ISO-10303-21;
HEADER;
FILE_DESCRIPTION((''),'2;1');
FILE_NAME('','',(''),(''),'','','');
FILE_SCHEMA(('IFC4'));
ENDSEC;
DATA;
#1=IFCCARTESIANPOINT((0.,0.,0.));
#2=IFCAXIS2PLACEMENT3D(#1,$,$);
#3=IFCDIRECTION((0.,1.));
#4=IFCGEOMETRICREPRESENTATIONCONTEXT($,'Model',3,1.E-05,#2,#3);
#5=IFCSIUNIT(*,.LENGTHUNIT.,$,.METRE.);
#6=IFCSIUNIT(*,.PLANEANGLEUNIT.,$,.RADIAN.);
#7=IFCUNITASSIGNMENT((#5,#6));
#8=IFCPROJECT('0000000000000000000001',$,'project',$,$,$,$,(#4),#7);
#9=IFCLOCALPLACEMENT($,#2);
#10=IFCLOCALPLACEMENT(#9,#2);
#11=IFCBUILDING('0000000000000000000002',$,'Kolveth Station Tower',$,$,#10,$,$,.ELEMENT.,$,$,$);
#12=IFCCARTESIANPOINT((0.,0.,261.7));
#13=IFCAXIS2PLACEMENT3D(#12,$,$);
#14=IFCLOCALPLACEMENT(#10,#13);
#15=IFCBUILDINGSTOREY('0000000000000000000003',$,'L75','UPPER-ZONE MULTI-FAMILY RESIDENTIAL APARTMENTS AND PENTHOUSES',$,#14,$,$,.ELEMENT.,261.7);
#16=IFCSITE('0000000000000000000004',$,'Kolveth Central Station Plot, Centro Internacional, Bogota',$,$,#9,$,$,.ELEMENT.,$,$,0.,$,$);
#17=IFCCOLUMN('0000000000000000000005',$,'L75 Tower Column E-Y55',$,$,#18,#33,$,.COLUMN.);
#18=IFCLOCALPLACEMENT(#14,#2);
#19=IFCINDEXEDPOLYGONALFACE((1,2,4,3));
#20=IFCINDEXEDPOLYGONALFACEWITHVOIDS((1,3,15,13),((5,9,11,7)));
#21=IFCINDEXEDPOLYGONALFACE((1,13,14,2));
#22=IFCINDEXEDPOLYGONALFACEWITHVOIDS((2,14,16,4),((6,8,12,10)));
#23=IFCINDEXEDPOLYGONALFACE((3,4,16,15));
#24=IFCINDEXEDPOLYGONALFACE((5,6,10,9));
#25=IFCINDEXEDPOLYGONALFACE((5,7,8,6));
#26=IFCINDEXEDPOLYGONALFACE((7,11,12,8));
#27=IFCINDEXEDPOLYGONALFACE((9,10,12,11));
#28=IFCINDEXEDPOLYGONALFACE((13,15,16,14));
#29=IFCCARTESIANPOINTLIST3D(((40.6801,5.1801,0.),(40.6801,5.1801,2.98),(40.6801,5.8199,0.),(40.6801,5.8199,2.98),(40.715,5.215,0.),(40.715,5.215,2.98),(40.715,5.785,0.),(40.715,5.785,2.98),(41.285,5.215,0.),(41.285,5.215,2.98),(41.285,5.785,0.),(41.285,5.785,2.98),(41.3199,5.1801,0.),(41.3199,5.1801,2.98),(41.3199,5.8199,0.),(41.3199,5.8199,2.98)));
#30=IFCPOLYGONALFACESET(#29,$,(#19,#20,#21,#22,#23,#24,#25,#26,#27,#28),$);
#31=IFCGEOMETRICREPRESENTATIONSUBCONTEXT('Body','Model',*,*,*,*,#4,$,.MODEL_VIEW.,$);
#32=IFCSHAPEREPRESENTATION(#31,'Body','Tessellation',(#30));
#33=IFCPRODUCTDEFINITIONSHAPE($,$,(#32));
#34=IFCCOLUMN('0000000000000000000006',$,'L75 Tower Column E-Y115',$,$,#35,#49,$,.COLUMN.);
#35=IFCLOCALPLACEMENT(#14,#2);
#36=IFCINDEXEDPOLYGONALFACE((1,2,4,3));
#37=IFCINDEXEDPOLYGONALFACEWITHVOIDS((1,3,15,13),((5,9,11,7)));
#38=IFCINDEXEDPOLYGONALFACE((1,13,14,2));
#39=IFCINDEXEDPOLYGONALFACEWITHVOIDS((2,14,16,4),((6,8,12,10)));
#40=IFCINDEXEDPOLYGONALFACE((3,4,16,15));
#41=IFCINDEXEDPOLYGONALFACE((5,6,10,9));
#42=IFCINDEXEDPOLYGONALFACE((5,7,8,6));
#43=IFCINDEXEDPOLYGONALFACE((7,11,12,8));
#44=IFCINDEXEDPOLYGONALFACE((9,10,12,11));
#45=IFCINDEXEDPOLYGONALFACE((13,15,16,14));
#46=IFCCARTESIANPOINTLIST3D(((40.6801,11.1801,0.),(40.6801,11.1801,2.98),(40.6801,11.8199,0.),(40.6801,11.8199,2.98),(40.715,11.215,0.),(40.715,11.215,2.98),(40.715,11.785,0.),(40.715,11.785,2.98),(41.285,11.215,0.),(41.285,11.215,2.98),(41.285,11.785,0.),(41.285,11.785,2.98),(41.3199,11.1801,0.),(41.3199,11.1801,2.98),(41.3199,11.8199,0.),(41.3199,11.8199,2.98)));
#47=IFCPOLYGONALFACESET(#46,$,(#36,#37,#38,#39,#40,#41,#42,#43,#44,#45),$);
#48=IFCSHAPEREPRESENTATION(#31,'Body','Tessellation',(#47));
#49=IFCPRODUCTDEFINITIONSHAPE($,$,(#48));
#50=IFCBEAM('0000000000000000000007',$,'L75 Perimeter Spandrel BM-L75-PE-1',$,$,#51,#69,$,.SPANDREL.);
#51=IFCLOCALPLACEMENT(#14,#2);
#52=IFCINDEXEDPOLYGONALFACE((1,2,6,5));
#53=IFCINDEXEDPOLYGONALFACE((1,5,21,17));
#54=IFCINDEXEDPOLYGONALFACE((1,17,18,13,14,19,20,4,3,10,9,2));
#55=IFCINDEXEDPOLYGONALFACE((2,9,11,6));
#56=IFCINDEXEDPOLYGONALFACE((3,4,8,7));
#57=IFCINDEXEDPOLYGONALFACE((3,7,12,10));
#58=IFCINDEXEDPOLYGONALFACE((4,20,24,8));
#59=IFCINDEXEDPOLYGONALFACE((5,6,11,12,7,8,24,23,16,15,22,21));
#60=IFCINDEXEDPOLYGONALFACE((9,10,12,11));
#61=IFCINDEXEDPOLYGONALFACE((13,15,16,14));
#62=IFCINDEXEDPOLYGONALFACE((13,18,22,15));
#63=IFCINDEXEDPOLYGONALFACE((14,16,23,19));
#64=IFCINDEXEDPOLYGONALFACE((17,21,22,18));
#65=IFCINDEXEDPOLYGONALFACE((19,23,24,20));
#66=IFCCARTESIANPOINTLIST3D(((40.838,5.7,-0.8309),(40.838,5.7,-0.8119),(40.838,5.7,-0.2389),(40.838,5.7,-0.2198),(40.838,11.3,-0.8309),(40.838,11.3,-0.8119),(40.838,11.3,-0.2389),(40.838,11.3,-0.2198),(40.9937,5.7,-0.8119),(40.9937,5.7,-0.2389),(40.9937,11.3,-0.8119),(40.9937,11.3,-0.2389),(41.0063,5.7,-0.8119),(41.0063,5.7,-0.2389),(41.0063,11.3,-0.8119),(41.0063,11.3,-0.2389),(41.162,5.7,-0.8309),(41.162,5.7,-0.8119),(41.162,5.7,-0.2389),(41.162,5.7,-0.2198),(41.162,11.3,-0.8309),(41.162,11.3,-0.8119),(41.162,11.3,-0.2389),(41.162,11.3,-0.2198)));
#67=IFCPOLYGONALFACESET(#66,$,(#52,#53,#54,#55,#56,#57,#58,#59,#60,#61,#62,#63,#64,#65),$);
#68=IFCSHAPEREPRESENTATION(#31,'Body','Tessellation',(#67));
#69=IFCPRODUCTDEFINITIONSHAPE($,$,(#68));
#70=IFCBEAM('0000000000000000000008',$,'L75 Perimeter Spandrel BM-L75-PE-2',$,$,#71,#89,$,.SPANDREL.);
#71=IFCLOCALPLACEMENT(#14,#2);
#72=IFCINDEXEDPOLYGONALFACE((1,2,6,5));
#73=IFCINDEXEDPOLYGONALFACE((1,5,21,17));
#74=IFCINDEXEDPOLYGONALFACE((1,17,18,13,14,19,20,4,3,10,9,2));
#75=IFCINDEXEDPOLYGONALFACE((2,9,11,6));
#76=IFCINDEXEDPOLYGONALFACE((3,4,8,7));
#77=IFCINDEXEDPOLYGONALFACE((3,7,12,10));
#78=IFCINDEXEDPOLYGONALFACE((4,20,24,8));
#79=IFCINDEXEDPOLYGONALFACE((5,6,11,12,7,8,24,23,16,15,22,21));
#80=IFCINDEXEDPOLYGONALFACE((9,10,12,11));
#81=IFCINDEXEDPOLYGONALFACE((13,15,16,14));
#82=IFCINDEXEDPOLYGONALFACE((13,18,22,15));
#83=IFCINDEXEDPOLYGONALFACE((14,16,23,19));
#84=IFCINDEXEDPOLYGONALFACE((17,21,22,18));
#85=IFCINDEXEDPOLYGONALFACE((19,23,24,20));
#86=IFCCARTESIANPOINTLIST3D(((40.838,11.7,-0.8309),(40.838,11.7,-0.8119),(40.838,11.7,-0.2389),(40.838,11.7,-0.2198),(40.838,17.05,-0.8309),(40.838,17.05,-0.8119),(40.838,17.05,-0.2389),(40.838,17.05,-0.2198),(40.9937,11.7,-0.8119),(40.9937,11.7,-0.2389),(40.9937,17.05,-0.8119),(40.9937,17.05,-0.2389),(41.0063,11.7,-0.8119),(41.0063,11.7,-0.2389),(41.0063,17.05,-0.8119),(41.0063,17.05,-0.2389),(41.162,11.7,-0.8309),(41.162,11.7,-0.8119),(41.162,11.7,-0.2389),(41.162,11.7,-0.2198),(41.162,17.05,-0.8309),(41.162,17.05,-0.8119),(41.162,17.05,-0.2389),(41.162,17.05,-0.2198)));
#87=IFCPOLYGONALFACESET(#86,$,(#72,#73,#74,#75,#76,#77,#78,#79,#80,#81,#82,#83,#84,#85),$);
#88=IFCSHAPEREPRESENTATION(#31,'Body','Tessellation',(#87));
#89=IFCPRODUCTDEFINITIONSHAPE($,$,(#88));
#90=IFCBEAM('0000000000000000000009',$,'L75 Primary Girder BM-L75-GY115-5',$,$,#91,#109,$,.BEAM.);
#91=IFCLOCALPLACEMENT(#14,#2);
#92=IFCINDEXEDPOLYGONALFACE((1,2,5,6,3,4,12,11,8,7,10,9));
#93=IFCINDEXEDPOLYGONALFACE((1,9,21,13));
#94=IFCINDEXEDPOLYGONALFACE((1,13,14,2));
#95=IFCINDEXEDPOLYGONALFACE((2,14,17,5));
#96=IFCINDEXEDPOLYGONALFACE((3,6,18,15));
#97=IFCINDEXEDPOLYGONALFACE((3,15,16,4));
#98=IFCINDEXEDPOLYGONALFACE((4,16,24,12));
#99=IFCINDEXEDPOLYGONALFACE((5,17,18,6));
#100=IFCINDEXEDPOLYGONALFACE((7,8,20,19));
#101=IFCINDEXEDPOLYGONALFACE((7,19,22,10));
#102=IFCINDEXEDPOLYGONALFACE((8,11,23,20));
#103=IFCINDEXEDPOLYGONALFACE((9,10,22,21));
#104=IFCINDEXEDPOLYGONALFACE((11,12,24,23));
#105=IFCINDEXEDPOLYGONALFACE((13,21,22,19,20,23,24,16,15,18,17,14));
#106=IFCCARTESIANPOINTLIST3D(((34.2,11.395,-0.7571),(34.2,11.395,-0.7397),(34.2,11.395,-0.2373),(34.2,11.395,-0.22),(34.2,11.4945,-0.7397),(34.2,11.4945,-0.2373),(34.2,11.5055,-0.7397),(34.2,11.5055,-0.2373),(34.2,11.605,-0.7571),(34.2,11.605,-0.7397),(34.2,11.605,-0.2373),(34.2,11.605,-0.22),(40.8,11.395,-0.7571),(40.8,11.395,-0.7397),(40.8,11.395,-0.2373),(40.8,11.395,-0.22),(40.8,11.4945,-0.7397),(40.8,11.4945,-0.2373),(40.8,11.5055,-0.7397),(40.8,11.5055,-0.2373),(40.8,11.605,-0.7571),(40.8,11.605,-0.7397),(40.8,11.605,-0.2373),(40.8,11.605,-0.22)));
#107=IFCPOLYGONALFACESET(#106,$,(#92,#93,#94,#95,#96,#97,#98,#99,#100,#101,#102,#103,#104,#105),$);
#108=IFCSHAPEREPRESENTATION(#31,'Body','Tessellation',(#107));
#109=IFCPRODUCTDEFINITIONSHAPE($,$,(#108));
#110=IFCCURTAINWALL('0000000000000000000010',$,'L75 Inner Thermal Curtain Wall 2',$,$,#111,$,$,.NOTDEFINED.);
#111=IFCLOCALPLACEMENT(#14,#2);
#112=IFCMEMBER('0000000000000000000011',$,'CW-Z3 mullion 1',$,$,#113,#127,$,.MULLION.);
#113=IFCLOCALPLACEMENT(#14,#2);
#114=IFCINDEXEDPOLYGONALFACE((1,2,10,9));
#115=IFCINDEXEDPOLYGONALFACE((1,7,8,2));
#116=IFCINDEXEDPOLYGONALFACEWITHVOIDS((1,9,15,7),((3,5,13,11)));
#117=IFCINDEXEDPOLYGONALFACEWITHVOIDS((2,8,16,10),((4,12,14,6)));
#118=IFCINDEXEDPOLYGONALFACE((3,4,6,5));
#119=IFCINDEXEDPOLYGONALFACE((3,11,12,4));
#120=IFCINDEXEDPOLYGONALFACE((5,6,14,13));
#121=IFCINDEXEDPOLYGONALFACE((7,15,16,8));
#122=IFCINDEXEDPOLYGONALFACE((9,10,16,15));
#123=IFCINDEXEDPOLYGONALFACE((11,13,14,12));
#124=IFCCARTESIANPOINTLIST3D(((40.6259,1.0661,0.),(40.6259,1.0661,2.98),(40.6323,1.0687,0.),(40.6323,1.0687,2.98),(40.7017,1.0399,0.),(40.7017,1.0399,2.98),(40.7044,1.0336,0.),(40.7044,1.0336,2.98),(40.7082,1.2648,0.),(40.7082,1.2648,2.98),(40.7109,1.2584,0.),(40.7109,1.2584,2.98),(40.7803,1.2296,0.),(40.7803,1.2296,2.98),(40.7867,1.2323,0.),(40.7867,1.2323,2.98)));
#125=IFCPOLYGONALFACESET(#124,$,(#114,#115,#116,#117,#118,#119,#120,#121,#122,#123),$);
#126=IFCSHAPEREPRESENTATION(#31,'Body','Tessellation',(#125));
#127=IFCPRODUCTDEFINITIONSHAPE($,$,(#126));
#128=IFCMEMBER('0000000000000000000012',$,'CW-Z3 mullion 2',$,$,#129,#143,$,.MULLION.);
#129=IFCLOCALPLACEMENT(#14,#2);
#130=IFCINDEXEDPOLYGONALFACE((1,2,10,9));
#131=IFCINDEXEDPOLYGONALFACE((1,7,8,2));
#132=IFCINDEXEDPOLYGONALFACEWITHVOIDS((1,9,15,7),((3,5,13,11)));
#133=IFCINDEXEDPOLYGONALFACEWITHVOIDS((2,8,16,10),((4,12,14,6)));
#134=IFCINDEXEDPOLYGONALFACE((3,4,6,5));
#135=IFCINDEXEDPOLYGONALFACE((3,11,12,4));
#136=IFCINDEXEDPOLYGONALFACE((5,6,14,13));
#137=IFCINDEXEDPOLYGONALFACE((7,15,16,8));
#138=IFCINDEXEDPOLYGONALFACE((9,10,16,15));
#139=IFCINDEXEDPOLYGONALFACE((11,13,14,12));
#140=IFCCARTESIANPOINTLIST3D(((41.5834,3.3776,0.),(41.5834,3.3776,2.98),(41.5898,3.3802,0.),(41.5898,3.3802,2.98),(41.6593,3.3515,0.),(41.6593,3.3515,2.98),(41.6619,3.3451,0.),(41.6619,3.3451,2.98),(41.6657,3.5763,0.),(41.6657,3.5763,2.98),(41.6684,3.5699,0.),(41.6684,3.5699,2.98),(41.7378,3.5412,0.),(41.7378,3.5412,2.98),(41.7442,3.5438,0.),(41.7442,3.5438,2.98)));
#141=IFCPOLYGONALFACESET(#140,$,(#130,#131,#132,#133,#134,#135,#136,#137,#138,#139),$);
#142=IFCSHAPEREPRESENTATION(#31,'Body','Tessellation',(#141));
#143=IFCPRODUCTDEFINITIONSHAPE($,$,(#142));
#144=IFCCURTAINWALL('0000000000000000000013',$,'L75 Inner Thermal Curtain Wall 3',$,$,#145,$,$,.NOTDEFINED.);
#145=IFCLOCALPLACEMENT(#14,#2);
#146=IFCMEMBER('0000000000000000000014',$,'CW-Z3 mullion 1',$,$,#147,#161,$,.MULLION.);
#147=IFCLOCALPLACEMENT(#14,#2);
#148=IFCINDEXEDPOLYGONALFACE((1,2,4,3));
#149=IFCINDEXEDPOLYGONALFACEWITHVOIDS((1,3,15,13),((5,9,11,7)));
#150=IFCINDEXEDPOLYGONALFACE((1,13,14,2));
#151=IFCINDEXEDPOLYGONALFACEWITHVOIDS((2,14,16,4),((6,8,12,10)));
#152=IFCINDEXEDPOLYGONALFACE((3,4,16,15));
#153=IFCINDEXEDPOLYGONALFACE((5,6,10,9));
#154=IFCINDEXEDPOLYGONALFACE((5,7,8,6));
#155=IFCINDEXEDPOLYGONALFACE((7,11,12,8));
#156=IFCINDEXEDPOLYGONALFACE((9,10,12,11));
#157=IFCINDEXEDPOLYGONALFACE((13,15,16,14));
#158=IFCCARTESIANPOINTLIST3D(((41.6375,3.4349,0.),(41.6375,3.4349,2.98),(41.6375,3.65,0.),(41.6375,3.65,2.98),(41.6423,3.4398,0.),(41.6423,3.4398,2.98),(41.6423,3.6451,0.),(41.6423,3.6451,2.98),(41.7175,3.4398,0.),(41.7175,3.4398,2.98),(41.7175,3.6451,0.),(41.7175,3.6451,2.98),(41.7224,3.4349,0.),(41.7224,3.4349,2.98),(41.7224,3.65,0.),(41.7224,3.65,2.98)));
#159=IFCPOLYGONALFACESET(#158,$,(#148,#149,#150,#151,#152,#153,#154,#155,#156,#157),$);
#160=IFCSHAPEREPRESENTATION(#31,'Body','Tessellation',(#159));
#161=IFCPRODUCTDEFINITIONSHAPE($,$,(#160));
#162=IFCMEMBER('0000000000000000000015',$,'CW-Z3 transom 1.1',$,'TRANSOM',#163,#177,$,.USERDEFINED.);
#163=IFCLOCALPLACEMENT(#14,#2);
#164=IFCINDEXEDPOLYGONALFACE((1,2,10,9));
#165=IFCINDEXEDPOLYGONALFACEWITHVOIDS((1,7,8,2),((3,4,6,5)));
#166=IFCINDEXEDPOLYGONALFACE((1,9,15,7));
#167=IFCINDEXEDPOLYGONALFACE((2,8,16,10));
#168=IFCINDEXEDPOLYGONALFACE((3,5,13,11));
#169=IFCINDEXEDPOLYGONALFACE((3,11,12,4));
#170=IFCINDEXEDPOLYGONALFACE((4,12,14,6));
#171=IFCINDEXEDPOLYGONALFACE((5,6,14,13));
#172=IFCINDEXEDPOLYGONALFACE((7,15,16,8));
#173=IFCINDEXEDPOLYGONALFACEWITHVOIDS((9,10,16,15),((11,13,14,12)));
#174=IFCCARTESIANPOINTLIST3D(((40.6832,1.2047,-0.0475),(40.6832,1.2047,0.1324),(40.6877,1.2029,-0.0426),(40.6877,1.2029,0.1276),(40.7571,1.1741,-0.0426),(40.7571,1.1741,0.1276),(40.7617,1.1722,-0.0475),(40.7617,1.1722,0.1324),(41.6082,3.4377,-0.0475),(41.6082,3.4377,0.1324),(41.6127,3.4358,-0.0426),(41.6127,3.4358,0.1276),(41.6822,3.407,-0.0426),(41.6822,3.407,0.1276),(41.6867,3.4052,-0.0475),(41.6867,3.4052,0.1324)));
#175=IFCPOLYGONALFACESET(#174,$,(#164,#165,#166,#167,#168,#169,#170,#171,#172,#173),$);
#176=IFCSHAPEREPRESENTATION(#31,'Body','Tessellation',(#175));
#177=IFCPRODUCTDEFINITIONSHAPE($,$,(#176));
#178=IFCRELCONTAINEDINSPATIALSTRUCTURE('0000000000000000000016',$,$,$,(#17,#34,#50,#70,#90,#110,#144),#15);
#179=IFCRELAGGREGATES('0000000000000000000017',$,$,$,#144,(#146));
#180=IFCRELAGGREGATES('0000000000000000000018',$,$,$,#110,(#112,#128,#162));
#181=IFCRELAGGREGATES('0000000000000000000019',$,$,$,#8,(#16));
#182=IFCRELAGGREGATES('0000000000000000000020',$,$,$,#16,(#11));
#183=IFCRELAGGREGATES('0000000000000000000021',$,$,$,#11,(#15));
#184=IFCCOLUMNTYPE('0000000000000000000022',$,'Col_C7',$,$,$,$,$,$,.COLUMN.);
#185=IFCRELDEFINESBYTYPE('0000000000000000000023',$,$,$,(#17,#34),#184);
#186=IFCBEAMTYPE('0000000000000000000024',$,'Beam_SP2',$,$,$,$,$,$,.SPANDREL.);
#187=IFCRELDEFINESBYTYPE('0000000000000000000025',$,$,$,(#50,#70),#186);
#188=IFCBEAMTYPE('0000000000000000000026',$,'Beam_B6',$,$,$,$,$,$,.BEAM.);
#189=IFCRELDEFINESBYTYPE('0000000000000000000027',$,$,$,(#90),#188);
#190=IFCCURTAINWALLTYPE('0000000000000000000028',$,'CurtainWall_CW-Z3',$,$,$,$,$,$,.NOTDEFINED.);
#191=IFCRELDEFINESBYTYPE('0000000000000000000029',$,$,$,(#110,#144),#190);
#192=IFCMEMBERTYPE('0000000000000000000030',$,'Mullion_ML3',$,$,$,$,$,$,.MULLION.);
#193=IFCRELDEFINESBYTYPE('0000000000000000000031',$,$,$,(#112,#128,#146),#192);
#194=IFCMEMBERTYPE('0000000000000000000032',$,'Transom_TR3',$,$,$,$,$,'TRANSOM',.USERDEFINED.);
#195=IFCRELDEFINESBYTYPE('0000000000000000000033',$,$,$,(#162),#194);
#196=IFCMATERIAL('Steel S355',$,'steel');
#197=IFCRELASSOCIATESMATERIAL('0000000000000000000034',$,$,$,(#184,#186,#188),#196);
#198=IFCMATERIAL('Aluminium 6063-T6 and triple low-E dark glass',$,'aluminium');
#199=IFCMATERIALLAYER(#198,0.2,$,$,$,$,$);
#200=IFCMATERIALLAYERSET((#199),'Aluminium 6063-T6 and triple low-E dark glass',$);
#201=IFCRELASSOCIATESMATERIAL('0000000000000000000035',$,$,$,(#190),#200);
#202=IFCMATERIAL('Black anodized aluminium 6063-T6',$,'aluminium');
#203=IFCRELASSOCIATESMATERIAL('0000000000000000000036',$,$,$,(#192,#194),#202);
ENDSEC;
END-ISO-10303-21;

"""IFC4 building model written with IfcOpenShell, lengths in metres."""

from ifc_helpers import new_model, si_unit, direction, frame, origin, origin_2d, place, context, subcontext, project, spatial, hollow_rectangle, i_section, extrude, source, transform, mapped, material, layer, layer_set, material_profile, profile_set, type_object, element, aggregate, save


model = new_model("IFC4")

# Units and contexts
model_context = context("Model", 3, precision=1e-05, world=origin(), true_north=direction((0.0, 1.0)))
body_context = subcontext(model_context, "Body", "Model", "MODEL_VIEW")
ifc_project = project(units=[si_unit("LENGTHUNIT", "METRE"), si_unit("PLANEANGLEUNIT", "RADIAN")], contexts=[model_context])

# Site, building, storey
site_placement = place(None, origin())
site = spatial("IfcSite", under=ifc_project, at=site_placement, Name="Kolveth Central Station Plot, Centro Internacional, Bogota", CompositionType="ELEMENT", RefElevation=0.0)
building_placement = place(site_placement, origin())
building = spatial("IfcBuilding", under=site, at=building_placement, Name="Kolveth Station Tower", CompositionType="ELEMENT")
storey_placement = place(building_placement, frame((0.0, 0.0, 261.7)))
storey = spatial("IfcBuildingStorey", under=building, at=storey_placement, Name="L75", Description="UPPER-ZONE MULTI-FAMILY RESIDENTIAL APARTMENTS AND PENTHOUSES", CompositionType="ELEMENT", Elevation=261.7)

# Columns
ifc_material_1 = material(Name="Steel S355", Category="steel")
ifc_material_profile_1 = material_profile(ifc_material_1, hollow_rectangle(XDim=0.6399, YDim=0.6399, WallThickness=0.0349, at=origin_2d()), Name="BOX640x640x35")
ifc_profile_set_1 = profile_set([ifc_material_profile_1], Name="Steel S355")
column_type = type_object("IfcColumnType", Name="Col_C7", PredefinedType="COLUMN", material=ifc_profile_set_1)
shared_shape_1 = source(origin(), body_context, "Body", "SweptSolid", [
    extrude(hollow_rectangle(XDim=0.6399, YDim=0.6399, WallThickness=0.0349, at=origin_2d()), origin(), (0.0, 0.0, 1.0), 2.98),
])
for number, where, z_axis, x_axis, name in (
    (1, (41.0, 5.5, 0.0), (0.0, 0.0, 1.0), (1.0, 0.0, 0.0), "L75 Tower Column E-Y55"),
    (2, (41.0, 11.5, 0.0), (0.0, 0.0, 1.0), (1.0, 0.0, 0.0), "L75 Tower Column E-Y115"),
):
    element("IfcColumn", number, at=place(storey_placement, frame(where, z_axis=z_axis, x_axis=x_axis)), inside=storey, type_object=column_type, Name=name, PredefinedType="COLUMN", context=body_context, shape_type="MappedRepresentation", body=[
        mapped(shared_shape_1, transform((0.0, 0.0, 0.0), x_axis=(1.0, 0.0, 0.0), y_axis=(0.0, 1.0, 0.0), z_axis=(0.0, 0.0, 1.0), scale=1.0)),
    ])

# Beams
ifc_material_profile_2 = material_profile(ifc_material_1, i_section(OverallWidth=0.324, OverallDepth=0.6111, WebThickness=0.0127, FlangeThickness=0.019, at=origin_2d()), Name="W610x155")
ifc_profile_set_2 = profile_set([ifc_material_profile_2], Name="Steel S355")
beam_type_1 = type_object("IfcBeamType", Name="Beam_SP2", PredefinedType="SPANDREL", material=ifc_profile_set_2)
shared_shape_2 = source(origin(), body_context, "Body", "SweptSolid", [
    extrude(i_section(OverallWidth=0.324, OverallDepth=0.6111, WebThickness=0.0127, FlangeThickness=0.019, at=origin_2d()), origin(), (0.0, 0.0, 1.0), 5.6001),
])
beam_1_placement = place(storey_placement, frame((41.0, 5.7, -0.5254), z_axis=(0.0, 1.0, 0.0), x_axis=(-1.0, 0.0, 0.0)))
element("IfcBeam", 3, at=beam_1_placement, inside=storey, type_object=beam_type_1, Name="L75 Perimeter Spandrel BM-L75-PE-1", PredefinedType="SPANDREL", context=body_context, shape_type="MappedRepresentation", body=[
    mapped(shared_shape_2, transform((0.0, 0.0, 0.0), x_axis=(1.0, 0.0, 0.0), y_axis=(0.0, 1.0, 0.0), z_axis=(0.0, 0.0, 1.0), scale=1.0)),
])
shared_shape_3 = source(origin(), body_context, "Body", "SweptSolid", [
    extrude(i_section(OverallWidth=0.324, OverallDepth=0.6111, WebThickness=0.0127, FlangeThickness=0.019, at=origin_2d()), origin(), (0.0, 0.0, 1.0), 5.3501),
])
beam_2_placement = place(storey_placement, frame((41.0, 11.7, -0.5254), z_axis=(0.0, 1.0, 0.0), x_axis=(-1.0, 0.0, 0.0)))
element("IfcBeam", 4, at=beam_2_placement, inside=storey, type_object=beam_type_1, Name="L75 Perimeter Spandrel BM-L75-PE-2", PredefinedType="SPANDREL", context=body_context, shape_type="MappedRepresentation", body=[
    mapped(shared_shape_3, transform((0.0, 0.0, 0.0), x_axis=(1.0, 0.0, 0.0), y_axis=(0.0, 1.0, 0.0), z_axis=(0.0, 0.0, 1.0), scale=1.0)),
])
ifc_material_profile_3 = material_profile(ifc_material_1, i_section(OverallWidth=0.21, OverallDepth=0.5371, WebThickness=0.011, FlangeThickness=0.0173, at=origin_2d()), Name="W530x101")
ifc_profile_set_3 = profile_set([ifc_material_profile_3], Name="Steel S355")
beam_type_2 = type_object("IfcBeamType", Name="Beam_B6", PredefinedType="BEAM", material=ifc_profile_set_3)
shared_shape_4 = source(origin(), body_context, "Body", "SweptSolid", [
    extrude(i_section(OverallWidth=0.21, OverallDepth=0.5371, WebThickness=0.011, FlangeThickness=0.0173, at=origin_2d()), origin(), (0.0, 0.0, 1.0), 6.6001),
])
beam_3_placement = place(storey_placement, frame((34.2, 11.5, -0.4885), z_axis=(1.0, 0.0, 0.0), x_axis=(0.0, 1.0, 0.0)))
element("IfcBeam", 5, at=beam_3_placement, inside=storey, type_object=beam_type_2, Name="L75 Primary Girder BM-L75-GY115-5", PredefinedType="BEAM", context=body_context, shape_type="MappedRepresentation", body=[
    mapped(shared_shape_4, transform((0.0, 0.0, 0.0), x_axis=(1.0, 0.0, 0.0), y_axis=(0.0, 1.0, 0.0), z_axis=(0.0, 0.0, 1.0), scale=1.0)),
])

# Curtain wall, members
ifc_material_2 = material(Name="Aluminium 6063-T6 and triple low-E dark glass", Category="aluminium")
ifc_layer_1 = layer(ifc_material_2, 0.2)
ifc_layer_set_1 = layer_set([ifc_layer_1], Name="Aluminium 6063-T6 and triple low-E dark glass")
curtain_wall_type_1 = type_object("IfcCurtainWallType", Name="CurtainWall_CW-Z3", PredefinedType="NOTDEFINED", material=ifc_layer_set_1)
curtain_wall_1_placement = place(storey_placement, origin())
curtain_wall_1 = element("IfcCurtainWall", 6, at=curtain_wall_1_placement, inside=storey, type_object=curtain_wall_type_1, Name="L75 Inner Thermal Curtain Wall 2", PredefinedType="NOTDEFINED")
ifc_material_3 = material(Name="Black anodized aluminium 6063-T6", Category="aluminium")
ifc_material_profile_4 = material_profile(ifc_material_3, hollow_rectangle(XDim=0.085, YDim=0.2151, WallThickness=0.0049, at=origin_2d()), Name="ALU-85x215x5")
ifc_profile_set_4 = profile_set([ifc_material_profile_4], Name="Black anodized aluminium 6063-T6")
member_type_1 = type_object("IfcMemberType", Name="Mullion_ML3", PredefinedType="MULLION", material=ifc_profile_set_4)
shared_shape_5 = source(origin(), body_context, "Body", "SweptSolid", [
    extrude(hollow_rectangle(XDim=0.085, YDim=0.2151, WallThickness=0.0049, at=origin_2d()), origin(), (0.0, 0.0, 1.0), 2.98),
])
member_1_placement = place(storey_placement, frame((40.7063, 1.1492, 0.0), z_axis=(0.0, 0.0, 1.0), x_axis=(-0.923875, 0.382693, 0.0)))
member_1 = element("IfcMember", 7, at=member_1_placement, type_object=member_type_1, Name="CW-Z3 mullion 1", PredefinedType="MULLION", context=body_context, shape_type="MappedRepresentation", body=[
    mapped(shared_shape_5, transform((0.0, 0.0, 0.0), x_axis=(1.0, 0.0, 0.0), y_axis=(0.0, 1.0, 0.0), z_axis=(0.0, 0.0, 1.0), scale=1.0)),
])
member_2_placement = place(storey_placement, frame((41.6638, 3.4607, 0.0), z_axis=(0.0, 0.0, 1.0), x_axis=(-0.923875, 0.382693, 0.0)))
member_2 = element("IfcMember", 8, at=member_2_placement, type_object=member_type_1, Name="CW-Z3 mullion 2", PredefinedType="MULLION", context=body_context, shape_type="MappedRepresentation", body=[
    mapped(shared_shape_5, transform((0.0, 0.0, 0.0), x_axis=(1.0, 0.0, 0.0), y_axis=(0.0, 1.0, 0.0), z_axis=(0.0, 0.0, 1.0), scale=1.0)),
])

# Curtain wall, member
curtain_wall_2_placement = place(storey_placement, origin())
curtain_wall_2 = element("IfcCurtainWall", 9, at=curtain_wall_2_placement, inside=storey, type_object=curtain_wall_type_1, Name="L75 Inner Thermal Curtain Wall 3", PredefinedType="NOTDEFINED")
member_3_placement = place(storey_placement, frame((41.6799, 3.5425, 0.0), z_axis=(0.0, 0.0, 1.0), x_axis=(-1.0, 0.0, 0.0)))
member_3 = element("IfcMember", 10, at=member_3_placement, type_object=member_type_1, Name="CW-Z3 mullion 1", PredefinedType="MULLION", context=body_context, shape_type="MappedRepresentation", body=[
    mapped(shared_shape_5, transform((0.0, 0.0, 0.0), x_axis=(1.0, 0.0, 0.0), y_axis=(0.0, 1.0, 0.0), z_axis=(0.0, 0.0, 1.0), scale=1.0)),
])

# Member
ifc_material_profile_5 = material_profile(ifc_material_3, hollow_rectangle(XDim=0.085, YDim=0.1799, WallThickness=0.0049, at=origin_2d()), Name="ALU-85x180x5")
ifc_profile_set_5 = profile_set([ifc_material_profile_5], Name="Black anodized aluminium 6063-T6")
member_type_2 = type_object("IfcMemberType", Name="Transom_TR3", ElementType="TRANSOM", PredefinedType="USERDEFINED", material=ifc_profile_set_5)
shared_shape_6 = source(origin(), body_context, "Body", "SweptSolid", [
    extrude(hollow_rectangle(XDim=0.085, YDim=0.1799, WallThickness=0.0049, at=origin_2d()), origin(), (0.0, 0.0, 1.0), 2.417),
])
member_4_placement = place(storey_placement, frame((40.7224, 1.1885, 0.0425), z_axis=(0.382735, 0.923858, 0.0), x_axis=(-0.923858, 0.382735, 0.0)))
member_4 = element("IfcMember", 11, at=member_4_placement, type_object=member_type_2, Name="CW-Z3 transom 1.1", ObjectType="TRANSOM", PredefinedType="USERDEFINED", context=body_context, shape_type="MappedRepresentation", body=[
    mapped(shared_shape_6, transform((0.0, 0.0, 0.0), x_axis=(1.0, 0.0, 0.0), y_axis=(0.0, 1.0, 0.0), z_axis=(0.0, 0.0, 1.0), scale=1.0)),
])
aggregate(curtain_wall_2, [member_3])

aggregate(curtain_wall_1, [member_1, member_2, member_4])

save(model, "model.ifc")
